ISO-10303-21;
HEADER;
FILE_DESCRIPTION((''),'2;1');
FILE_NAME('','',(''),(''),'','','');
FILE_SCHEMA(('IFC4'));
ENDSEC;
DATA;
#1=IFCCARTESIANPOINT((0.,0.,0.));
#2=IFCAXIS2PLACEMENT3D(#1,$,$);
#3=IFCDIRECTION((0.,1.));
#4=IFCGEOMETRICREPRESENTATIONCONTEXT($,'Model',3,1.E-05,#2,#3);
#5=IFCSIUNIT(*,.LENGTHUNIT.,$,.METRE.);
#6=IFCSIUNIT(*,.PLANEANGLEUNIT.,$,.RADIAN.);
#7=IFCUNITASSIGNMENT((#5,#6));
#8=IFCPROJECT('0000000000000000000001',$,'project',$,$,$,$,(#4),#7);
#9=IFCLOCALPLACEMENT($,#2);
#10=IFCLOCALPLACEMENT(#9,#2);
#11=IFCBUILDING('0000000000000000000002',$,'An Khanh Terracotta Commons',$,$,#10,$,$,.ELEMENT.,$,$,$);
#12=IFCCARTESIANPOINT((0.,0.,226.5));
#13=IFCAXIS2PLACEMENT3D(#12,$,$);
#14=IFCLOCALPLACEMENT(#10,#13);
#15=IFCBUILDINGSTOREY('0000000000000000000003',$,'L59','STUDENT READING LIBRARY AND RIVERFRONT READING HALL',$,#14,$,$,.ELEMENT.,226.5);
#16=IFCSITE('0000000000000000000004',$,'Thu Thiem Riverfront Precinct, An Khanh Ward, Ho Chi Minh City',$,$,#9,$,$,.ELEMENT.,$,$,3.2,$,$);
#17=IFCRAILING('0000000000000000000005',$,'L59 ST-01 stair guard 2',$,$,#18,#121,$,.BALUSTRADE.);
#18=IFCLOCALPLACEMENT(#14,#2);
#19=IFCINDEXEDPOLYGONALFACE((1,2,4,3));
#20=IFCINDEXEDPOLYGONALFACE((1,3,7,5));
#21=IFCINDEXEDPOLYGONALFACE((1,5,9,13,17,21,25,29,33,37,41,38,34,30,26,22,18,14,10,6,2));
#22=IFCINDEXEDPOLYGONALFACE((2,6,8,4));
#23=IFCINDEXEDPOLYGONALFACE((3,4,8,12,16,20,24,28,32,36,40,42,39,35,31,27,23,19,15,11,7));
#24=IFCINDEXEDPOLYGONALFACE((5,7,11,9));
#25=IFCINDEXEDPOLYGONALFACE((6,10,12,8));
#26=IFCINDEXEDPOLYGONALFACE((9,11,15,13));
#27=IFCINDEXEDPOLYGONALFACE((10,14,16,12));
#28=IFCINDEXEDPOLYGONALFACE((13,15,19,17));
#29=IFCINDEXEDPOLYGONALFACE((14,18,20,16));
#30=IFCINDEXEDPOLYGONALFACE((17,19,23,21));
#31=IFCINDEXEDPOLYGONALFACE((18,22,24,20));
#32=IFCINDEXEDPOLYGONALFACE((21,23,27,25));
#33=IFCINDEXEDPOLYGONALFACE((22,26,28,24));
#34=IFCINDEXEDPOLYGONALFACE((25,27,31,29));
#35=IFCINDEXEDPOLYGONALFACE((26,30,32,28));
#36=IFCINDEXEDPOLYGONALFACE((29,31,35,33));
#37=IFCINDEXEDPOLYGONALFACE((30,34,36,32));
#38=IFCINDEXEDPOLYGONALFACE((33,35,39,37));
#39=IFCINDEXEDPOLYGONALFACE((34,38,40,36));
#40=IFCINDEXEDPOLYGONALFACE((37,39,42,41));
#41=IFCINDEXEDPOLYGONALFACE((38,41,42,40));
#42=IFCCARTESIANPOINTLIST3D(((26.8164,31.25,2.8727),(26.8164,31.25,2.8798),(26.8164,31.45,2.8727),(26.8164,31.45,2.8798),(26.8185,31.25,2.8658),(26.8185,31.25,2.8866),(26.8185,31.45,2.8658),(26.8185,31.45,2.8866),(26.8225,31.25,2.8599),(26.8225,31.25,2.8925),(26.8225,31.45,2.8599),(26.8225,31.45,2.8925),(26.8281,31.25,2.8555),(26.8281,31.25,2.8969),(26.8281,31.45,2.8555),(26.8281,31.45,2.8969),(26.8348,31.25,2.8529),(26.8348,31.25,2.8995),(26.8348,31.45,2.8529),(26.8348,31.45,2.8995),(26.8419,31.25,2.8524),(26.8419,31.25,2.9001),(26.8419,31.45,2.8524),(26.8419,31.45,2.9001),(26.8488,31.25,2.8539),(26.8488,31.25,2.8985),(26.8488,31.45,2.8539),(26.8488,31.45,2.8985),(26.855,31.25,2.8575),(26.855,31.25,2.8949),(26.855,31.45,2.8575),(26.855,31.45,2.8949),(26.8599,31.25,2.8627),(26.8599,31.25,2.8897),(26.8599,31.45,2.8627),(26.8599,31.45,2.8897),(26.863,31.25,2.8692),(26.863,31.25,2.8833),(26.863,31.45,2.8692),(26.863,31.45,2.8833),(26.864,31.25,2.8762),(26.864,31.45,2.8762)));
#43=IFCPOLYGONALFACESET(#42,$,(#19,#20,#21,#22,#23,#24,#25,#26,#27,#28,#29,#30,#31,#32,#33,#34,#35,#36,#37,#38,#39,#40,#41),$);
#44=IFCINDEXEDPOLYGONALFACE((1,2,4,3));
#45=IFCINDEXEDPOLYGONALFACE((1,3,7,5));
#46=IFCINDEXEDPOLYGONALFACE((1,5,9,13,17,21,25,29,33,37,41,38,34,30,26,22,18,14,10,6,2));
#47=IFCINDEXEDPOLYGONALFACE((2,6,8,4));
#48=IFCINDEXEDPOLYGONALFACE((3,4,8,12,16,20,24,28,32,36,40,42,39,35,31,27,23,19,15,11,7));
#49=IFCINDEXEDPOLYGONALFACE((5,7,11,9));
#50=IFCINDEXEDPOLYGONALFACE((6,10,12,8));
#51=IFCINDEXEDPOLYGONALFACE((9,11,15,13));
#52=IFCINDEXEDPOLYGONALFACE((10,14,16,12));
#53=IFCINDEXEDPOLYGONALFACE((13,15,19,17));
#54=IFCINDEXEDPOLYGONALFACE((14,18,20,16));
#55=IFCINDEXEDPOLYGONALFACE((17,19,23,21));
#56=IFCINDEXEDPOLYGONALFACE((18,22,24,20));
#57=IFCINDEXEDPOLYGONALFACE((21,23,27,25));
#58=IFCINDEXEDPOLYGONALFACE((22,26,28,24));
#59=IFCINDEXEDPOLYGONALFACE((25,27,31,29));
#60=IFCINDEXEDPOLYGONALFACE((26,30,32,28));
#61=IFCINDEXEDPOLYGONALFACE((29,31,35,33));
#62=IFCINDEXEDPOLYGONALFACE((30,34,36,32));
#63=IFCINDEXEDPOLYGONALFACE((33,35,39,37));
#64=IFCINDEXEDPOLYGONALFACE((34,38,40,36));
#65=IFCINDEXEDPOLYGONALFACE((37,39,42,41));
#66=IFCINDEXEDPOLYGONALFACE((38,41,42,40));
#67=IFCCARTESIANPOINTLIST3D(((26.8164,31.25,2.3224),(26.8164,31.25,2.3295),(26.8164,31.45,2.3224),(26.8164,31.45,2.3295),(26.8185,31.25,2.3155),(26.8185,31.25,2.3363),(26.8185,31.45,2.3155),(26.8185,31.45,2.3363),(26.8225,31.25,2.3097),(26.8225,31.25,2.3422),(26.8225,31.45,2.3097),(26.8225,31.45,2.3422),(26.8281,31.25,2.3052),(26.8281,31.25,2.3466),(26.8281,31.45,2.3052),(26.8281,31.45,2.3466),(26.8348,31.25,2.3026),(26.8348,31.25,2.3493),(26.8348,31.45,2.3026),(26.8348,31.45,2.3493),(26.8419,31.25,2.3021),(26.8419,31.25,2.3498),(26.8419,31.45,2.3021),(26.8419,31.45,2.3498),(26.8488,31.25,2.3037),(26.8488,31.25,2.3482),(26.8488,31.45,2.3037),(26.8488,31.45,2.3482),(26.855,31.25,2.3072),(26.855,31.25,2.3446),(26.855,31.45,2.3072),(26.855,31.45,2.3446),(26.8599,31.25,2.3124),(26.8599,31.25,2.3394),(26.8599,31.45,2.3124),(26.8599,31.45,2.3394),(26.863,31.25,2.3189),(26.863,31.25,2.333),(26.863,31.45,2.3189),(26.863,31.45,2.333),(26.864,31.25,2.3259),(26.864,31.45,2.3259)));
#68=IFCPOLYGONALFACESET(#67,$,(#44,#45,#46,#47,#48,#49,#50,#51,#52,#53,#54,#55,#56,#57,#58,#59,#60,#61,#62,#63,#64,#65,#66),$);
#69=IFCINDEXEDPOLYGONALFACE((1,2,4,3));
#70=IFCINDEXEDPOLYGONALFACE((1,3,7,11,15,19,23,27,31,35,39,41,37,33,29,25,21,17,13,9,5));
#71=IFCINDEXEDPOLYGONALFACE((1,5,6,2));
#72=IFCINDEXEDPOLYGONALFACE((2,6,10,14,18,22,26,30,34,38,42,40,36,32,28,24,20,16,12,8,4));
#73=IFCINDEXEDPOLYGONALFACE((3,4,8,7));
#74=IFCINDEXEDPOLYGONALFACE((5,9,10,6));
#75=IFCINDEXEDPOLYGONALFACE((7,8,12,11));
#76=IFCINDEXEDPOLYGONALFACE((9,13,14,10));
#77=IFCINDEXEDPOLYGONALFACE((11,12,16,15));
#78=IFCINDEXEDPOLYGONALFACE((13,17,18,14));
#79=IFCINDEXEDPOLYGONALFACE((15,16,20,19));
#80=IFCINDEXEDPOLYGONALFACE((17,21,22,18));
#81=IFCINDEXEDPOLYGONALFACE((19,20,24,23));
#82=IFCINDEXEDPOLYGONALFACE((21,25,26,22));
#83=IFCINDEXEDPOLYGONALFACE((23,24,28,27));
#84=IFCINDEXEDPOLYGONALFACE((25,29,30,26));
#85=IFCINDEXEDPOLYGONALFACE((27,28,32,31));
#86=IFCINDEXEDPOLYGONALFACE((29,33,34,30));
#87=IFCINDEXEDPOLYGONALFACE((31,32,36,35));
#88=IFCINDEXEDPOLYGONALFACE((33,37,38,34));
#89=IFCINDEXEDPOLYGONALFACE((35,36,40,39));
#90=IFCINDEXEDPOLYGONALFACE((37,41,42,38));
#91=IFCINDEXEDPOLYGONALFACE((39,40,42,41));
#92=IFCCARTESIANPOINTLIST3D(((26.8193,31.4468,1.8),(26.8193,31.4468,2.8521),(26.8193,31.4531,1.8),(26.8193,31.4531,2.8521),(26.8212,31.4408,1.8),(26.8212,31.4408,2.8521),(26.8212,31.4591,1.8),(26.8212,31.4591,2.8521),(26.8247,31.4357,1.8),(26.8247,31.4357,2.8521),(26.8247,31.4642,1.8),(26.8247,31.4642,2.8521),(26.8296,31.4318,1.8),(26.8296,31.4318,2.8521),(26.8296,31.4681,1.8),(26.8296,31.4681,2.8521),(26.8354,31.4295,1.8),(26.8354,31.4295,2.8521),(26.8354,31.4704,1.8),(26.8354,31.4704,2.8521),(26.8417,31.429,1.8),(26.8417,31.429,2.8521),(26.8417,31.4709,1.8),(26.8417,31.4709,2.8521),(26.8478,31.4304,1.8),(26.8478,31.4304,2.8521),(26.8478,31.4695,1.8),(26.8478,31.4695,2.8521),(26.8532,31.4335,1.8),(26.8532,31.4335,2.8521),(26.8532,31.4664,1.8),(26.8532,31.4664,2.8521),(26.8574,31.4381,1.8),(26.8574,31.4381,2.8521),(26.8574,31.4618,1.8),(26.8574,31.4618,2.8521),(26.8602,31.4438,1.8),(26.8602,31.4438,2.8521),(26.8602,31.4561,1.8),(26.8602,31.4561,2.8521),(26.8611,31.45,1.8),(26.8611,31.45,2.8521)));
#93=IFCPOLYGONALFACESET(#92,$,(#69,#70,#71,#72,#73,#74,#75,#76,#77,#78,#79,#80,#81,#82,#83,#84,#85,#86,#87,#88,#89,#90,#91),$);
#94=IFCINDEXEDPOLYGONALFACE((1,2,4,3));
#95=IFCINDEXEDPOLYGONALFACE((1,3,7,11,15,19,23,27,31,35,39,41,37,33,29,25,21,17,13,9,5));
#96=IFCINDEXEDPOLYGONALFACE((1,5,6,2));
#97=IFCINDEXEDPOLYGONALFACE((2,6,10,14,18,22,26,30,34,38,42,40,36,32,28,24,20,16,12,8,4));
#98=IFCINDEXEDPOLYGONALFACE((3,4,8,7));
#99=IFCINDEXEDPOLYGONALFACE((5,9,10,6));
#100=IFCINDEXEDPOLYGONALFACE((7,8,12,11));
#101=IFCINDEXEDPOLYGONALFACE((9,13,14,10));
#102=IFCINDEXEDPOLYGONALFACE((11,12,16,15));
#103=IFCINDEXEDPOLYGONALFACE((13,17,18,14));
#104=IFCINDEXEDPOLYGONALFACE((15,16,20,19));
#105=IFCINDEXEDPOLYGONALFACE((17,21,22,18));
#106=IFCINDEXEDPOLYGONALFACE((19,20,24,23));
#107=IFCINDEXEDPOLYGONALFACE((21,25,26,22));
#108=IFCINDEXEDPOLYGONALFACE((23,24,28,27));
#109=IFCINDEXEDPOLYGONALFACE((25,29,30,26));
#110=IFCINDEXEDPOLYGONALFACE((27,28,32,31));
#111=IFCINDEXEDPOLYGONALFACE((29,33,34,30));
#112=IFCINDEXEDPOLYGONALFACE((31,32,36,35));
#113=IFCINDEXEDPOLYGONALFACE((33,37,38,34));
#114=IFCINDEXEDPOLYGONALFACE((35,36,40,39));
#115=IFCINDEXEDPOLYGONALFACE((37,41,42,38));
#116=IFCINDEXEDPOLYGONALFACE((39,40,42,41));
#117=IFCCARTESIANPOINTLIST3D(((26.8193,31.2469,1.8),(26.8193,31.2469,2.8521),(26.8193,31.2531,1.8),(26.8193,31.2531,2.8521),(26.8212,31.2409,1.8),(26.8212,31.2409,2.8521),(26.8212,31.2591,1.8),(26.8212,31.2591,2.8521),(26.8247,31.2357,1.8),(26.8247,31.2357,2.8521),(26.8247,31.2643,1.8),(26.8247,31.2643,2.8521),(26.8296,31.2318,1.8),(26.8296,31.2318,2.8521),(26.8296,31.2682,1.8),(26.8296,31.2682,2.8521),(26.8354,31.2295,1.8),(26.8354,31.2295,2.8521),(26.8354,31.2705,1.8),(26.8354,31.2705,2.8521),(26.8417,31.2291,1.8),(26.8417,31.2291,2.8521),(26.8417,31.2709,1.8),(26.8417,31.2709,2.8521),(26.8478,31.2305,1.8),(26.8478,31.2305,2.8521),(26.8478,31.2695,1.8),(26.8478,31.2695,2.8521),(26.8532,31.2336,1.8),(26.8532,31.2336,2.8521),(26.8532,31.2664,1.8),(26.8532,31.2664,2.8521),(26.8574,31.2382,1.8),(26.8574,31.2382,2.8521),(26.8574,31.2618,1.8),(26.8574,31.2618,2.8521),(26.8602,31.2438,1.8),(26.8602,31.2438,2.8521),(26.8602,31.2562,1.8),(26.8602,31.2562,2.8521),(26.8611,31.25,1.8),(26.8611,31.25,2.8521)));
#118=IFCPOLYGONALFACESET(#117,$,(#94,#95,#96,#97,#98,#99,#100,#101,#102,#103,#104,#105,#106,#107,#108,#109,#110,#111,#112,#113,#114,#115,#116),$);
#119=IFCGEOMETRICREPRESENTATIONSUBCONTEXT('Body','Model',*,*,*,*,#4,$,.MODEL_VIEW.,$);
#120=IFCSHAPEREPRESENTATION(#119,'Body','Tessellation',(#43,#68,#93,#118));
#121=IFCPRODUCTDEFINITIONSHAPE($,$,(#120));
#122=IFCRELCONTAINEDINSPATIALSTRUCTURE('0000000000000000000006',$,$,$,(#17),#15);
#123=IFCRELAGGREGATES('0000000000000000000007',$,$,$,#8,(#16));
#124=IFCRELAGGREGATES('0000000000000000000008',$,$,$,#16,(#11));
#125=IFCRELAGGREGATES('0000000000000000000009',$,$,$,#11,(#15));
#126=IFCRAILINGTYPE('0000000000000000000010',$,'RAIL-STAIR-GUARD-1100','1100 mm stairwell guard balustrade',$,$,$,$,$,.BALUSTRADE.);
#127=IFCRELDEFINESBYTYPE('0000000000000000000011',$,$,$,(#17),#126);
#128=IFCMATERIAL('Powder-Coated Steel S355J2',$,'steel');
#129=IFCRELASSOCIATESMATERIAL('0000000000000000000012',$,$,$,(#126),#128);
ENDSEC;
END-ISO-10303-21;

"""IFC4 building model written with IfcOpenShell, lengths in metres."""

from ifc_helpers import new_model, si_unit, direction, frame, origin, origin_2d, place, context, subcontext, project, spatial, circle, extrude, material, type_object, element, save


model = new_model("IFC4")

# Units and contexts
model_context = context("Model", 3, precision=1e-05, world=origin(), true_north=direction((0.0, 1.0)))
body_context = subcontext(model_context, "Body", "Model", "MODEL_VIEW")
ifc_project = project(units=[si_unit("LENGTHUNIT", "METRE"), si_unit("PLANEANGLEUNIT", "RADIAN")], contexts=[model_context])

# Site, building, storey
site_placement = place(None, origin())
site = spatial("IfcSite", under=ifc_project, at=site_placement, Name="Thu Thiem Riverfront Precinct, An Khanh Ward, Ho Chi Minh City", CompositionType="ELEMENT", RefElevation=3.2)
building_placement = place(site_placement, origin())
building = spatial("IfcBuilding", under=site, at=building_placement, Name="An Khanh Terracotta Commons", CompositionType="ELEMENT")
storey_placement = place(building_placement, frame((0.0, 0.0, 226.5)))
storey = spatial("IfcBuildingStorey", under=building, at=storey_placement, Name="L59", Description="STUDENT READING LIBRARY AND RIVERFRONT READING HALL", CompositionType="ELEMENT", Elevation=226.5)

# Railing
ifc_material_1 = material(Name="Powder-Coated Steel S355J2", Category="steel")
railing_type_1 = type_object("IfcRailingType", Name="RAIL-STAIR-GUARD-1100", Description="1100 mm stairwell guard balustrade", PredefinedType="BALUSTRADE", material=ifc_material_1)
railing_1_placement = place(storey_placement, frame((26.8401, 31.45, 1.8)))
element("IfcRailing", 1, at=railing_1_placement, inside=storey, type_object=railing_type_1, Name="L59 ST-01 stair guard 2", PredefinedType="BALUSTRADE", context=body_context, shape_type="SweptSolid", body=[
    extrude(circle(Radius=0.0239, at=origin_2d()), frame((0.0, 0.0, 1.0762), z_axis=(0.0, -1.0, 0.0), x_axis=(1.0, 0.0, 0.0)), (0.0, 0.0, 1.0), 0.2),
    extrude(circle(Radius=0.0239, at=origin_2d()), frame((0.0, 0.0, 0.5259), z_axis=(0.0, -1.0, 0.0), x_axis=(1.0, 0.0, 0.0)), (0.0, 0.0, 1.0), 0.2),
    extrude(circle(Radius=0.021, at=origin_2d()), origin(), (0.0, 0.0, 1.0), 1.052),
    extrude(circle(Radius=0.021, at=origin_2d()), frame((0.0, -0.2, 0.0)), (0.0, 0.0, 1.0), 1.052),
])

save(model, "model.ifc")
